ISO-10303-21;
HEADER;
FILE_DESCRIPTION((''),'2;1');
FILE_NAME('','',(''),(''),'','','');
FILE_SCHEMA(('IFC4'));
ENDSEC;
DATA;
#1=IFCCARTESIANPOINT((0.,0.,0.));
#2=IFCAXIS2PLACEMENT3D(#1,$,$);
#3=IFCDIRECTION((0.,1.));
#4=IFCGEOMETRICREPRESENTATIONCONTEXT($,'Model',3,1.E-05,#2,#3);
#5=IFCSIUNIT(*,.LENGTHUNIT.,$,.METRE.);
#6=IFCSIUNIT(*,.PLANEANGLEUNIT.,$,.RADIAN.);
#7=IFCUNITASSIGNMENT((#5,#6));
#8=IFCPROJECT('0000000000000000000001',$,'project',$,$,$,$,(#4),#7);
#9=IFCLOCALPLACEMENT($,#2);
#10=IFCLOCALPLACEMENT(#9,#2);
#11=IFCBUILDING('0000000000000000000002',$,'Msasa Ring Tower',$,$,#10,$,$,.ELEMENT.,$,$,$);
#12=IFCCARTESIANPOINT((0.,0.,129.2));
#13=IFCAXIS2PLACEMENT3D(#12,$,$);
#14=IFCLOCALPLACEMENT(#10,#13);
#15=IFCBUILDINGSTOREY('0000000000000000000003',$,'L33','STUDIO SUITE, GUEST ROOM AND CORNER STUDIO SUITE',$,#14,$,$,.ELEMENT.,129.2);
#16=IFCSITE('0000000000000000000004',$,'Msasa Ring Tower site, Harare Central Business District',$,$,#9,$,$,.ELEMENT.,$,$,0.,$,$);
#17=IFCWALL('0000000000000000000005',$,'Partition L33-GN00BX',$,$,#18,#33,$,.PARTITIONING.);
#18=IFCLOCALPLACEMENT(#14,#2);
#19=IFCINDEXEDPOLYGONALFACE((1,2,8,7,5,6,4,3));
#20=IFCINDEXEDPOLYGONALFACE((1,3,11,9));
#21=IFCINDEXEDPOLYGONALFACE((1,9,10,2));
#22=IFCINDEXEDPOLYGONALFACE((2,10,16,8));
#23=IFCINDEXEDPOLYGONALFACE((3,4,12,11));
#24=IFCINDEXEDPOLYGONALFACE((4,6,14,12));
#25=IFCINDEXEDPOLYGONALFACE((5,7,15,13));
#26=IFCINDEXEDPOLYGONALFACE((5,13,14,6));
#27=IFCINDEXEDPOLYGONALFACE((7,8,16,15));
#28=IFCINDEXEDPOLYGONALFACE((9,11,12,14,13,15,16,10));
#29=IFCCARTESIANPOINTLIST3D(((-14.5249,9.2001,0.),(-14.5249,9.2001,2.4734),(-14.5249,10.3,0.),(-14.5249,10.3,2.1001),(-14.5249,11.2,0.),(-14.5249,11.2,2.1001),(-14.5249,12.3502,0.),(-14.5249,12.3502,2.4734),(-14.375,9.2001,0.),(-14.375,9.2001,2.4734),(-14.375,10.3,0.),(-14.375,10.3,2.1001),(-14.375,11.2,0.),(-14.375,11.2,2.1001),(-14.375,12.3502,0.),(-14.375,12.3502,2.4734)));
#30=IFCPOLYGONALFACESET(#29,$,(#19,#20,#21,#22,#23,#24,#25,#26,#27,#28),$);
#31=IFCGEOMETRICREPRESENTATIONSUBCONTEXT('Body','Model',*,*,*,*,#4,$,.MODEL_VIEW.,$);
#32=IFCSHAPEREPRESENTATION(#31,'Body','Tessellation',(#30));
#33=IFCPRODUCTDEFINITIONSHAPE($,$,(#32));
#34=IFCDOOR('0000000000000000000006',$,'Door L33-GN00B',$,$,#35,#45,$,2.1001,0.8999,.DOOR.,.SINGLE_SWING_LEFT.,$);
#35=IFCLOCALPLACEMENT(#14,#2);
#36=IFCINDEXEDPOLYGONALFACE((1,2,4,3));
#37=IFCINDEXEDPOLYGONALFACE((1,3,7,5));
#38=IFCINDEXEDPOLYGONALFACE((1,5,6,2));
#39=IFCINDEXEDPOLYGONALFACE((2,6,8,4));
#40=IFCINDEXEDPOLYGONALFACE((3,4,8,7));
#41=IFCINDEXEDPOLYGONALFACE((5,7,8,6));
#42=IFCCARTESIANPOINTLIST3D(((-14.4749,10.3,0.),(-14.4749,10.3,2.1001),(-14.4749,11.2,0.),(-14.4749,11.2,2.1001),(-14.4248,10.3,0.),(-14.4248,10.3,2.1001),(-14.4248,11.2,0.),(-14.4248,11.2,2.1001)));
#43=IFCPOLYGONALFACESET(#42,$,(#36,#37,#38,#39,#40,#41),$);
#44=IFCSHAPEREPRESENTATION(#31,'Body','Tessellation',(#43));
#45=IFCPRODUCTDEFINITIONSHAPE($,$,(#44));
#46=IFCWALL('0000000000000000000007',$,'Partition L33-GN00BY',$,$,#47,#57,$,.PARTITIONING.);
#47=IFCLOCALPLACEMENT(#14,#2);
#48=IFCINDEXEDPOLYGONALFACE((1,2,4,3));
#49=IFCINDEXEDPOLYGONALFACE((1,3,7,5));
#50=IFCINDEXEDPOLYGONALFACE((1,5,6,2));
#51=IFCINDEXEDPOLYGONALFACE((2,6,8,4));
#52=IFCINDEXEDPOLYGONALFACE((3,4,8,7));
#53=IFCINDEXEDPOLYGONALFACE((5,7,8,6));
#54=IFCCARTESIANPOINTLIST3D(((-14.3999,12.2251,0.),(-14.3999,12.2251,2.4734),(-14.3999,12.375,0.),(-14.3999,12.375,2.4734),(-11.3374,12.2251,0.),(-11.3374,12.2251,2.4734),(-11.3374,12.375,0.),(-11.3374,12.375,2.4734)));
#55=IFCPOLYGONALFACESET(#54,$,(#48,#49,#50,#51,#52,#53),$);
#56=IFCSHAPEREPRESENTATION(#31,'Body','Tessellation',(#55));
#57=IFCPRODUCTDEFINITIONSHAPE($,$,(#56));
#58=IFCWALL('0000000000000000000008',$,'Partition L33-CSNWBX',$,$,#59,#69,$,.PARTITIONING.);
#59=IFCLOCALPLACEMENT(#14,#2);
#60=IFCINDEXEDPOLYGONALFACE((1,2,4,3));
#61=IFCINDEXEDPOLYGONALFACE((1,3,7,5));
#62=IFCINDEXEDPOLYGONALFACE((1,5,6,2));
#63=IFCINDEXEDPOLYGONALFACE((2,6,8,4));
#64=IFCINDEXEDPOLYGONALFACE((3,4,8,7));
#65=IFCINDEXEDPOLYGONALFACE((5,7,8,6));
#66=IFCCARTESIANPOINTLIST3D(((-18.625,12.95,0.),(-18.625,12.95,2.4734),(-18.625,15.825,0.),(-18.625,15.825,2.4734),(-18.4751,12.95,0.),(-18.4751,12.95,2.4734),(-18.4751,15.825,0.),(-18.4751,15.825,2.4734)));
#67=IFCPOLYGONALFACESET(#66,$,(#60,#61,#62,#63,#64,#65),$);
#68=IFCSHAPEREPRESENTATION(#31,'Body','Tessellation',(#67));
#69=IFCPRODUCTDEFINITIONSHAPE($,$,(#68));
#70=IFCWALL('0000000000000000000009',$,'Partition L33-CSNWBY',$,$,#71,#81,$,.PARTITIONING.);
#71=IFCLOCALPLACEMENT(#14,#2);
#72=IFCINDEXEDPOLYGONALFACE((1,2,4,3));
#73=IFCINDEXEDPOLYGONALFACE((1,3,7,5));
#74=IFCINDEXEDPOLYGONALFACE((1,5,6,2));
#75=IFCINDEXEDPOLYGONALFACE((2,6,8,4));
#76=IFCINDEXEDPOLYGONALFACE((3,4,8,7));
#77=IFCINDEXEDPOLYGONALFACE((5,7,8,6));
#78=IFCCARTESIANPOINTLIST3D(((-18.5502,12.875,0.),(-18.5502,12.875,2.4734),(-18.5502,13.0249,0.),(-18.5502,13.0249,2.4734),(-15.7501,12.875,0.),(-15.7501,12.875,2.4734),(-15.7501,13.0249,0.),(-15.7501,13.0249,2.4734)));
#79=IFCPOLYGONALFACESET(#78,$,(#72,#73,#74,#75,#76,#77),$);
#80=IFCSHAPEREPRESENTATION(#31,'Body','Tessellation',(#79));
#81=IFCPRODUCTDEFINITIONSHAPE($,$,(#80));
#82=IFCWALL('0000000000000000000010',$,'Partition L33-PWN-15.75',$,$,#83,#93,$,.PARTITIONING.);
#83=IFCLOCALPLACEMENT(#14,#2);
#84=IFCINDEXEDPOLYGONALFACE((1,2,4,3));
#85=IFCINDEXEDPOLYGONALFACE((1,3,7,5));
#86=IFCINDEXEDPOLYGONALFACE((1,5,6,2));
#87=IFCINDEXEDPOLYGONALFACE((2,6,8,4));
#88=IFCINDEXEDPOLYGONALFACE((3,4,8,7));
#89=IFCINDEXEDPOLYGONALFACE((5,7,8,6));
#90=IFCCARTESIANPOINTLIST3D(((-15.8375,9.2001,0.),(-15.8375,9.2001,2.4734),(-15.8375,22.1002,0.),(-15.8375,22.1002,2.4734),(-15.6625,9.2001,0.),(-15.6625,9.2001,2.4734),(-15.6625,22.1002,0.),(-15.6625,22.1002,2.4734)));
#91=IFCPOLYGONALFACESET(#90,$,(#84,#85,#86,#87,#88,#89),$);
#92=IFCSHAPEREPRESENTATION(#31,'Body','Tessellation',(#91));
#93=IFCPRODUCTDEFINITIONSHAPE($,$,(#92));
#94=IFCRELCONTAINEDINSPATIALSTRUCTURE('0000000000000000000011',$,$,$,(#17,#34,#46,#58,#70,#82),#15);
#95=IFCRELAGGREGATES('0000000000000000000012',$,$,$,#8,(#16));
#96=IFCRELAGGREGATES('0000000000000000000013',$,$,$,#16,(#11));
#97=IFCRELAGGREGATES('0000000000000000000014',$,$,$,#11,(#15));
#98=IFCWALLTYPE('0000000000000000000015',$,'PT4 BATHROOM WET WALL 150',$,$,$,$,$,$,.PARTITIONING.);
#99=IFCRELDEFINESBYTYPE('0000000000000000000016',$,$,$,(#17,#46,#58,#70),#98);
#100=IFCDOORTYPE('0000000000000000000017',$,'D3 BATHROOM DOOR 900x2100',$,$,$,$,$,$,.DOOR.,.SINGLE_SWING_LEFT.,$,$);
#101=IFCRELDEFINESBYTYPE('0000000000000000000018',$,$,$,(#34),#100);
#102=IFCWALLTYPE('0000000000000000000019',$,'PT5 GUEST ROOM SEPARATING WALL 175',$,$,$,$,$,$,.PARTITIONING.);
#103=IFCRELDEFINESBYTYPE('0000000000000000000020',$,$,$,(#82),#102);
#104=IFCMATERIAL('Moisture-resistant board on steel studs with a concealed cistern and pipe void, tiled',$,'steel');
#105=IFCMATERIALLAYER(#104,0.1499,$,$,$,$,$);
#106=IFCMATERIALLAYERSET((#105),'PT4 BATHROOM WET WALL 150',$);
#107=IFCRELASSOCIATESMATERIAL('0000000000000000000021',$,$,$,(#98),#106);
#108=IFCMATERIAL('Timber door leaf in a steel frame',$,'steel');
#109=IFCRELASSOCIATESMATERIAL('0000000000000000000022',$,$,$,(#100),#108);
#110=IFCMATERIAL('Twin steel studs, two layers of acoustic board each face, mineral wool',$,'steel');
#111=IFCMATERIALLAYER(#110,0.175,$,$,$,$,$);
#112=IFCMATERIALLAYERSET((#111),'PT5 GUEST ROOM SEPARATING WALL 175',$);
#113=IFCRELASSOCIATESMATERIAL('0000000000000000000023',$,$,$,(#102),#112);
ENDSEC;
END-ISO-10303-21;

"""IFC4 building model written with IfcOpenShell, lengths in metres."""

from ifc_helpers import new_model, si_unit, direction, frame, frame_2d, origin, place, context, subcontext, project, spatial, rectangle, extrude, material, layer, layer_set, type_object, element, fill, save


model = new_model("IFC4")

# Units and contexts
model_context = context("Model", 3, precision=1e-05, world=origin(), true_north=direction((0.0, 1.0)))
body_context = subcontext(model_context, "Body", "Model", "MODEL_VIEW")
ifc_project = project(units=[si_unit("LENGTHUNIT", "METRE"), si_unit("PLANEANGLEUNIT", "RADIAN")], contexts=[model_context])

# Site, building, storey
site_placement = place(None, origin())
site = spatial("IfcSite", under=ifc_project, at=site_placement, Name="Msasa Ring Tower site, Harare Central Business District", CompositionType="ELEMENT", RefElevation=0.0)
building_placement = place(site_placement, origin())
building = spatial("IfcBuilding", under=site, at=building_placement, Name="Msasa Ring Tower", CompositionType="ELEMENT")
storey_placement = place(building_placement, frame((0.0, 0.0, 129.2)))
storey = spatial("IfcBuildingStorey", under=building, at=storey_placement, Name="L33", Description="STUDIO SUITE, GUEST ROOM AND CORNER STUDIO SUITE", CompositionType="ELEMENT", Elevation=129.2)

# Wall, opening, door
ifc_material_1 = material(Name="Moisture-resistant board on steel studs with a concealed cistern and pipe void, tiled", Category="steel")
ifc_layer_1 = layer(ifc_material_1, 0.1499)
ifc_layer_set_1 = layer_set([ifc_layer_1], Name="PT4 BATHROOM WET WALL 150")
wall_type_1 = type_object("IfcWallType", Name="PT4 BATHROOM WET WALL 150", PredefinedType="PARTITIONING", material=ifc_layer_set_1)
wall_1_placement = place(storey_placement, frame((-14.45, 9.2, 0.0), z_axis=(0.0, 0.0, 1.0), x_axis=(0.0, 1.0, 0.0)))
wall_1 = element("IfcWall", 1, at=wall_1_placement, inside=storey, type_object=wall_type_1, Name="Partition L33-GN00BX", PredefinedType="PARTITIONING", context=body_context, shape_type="SweptSolid", body=[
    extrude(rectangle(XDim=3.1501, YDim=0.1499, at=frame_2d((1.5752, 0.0))), origin(), (0.0, 0.0, 1.0), 2.4734),
])
opening_1_placement = place(wall_1_placement, frame((1.1001, 0.0, 0.0)))
opening_1 = element("IfcOpeningElement", 2, at=opening_1_placement, cuts=wall_1, PredefinedType="OPENING", context=body_context, shape_type="SweptSolid", body=[
    extrude(rectangle(XDim=0.8999, YDim=2.1001, at=frame_2d((0.45, 1.05))), frame((0.0, 0.085, 0.0), z_axis=(0.0, -1.0, 0.0), x_axis=(1.0, 0.0, 0.0)), (0.0, 0.0, 1.0), 0.1699),
])
ifc_material_2 = material(Name="Timber door leaf in a steel frame", Category="steel")
door_type_1 = type_object("IfcDoorType", Name="D3 BATHROOM DOOR 900x2100", OperationType="SINGLE_SWING_LEFT", PredefinedType="DOOR", material=ifc_material_2)
door_1_placement = place(opening_1_placement, origin())
door_1 = element("IfcDoor", 3, at=door_1_placement, inside=storey, type_object=door_type_1, Name="Door L33-GN00B", OperationType="SINGLE_SWING_LEFT", OverallHeight=2.1001, OverallWidth=0.8999, PredefinedType="DOOR", context=body_context, shape_type="SweptSolid", body=[
    extrude(rectangle(XDim=0.8999, YDim=2.1001, at=frame_2d((0.45, 1.05))), frame((0.0, 0.0249, 0.0), z_axis=(0.0, -1.0, 0.0), x_axis=(1.0, 0.0, 0.0)), (0.0, 0.0, 1.0), 0.05),
])
fill(opening_1, door_1)

# Walls
wall_2_placement = place(storey_placement, frame((-14.3999, 12.3, 0.0), z_axis=(0.0, 0.0, 1.0), x_axis=(1.0, 0.0, 0.0)))
element("IfcWall", 4, at=wall_2_placement, inside=storey, type_object=wall_type_1, Name="Partition L33-GN00BY", PredefinedType="PARTITIONING", context=body_context, shape_type="SweptSolid", body=[
    extrude(rectangle(XDim=3.0625, YDim=0.1499, at=frame_2d((1.5312, 0.0))), origin(), (0.0, 0.0, 1.0), 2.4734),
])
wall_3_placement = place(storey_placement, frame((-18.55, 12.95, 0.0), z_axis=(0.0, 0.0, 1.0), x_axis=(0.0, 1.0, 0.0)))
element("IfcWall", 5, at=wall_3_placement, inside=storey, type_object=wall_type_1, Name="Partition L33-CSNWBX", PredefinedType="PARTITIONING", context=body_context, shape_type="SweptSolid", body=[
    extrude(rectangle(XDim=2.875, YDim=0.1499, at=frame_2d((1.4375, 0.0))), origin(), (0.0, 0.0, 1.0), 2.4734),
])
wall_4_placement = place(storey_placement, frame((-18.55, 12.95, 0.0), z_axis=(0.0, 0.0, 1.0), x_axis=(1.0, 0.0, 0.0)))
element("IfcWall", 6, at=wall_4_placement, inside=storey, type_object=wall_type_1, Name="Partition L33-CSNWBY", PredefinedType="PARTITIONING", context=body_context, shape_type="SweptSolid", body=[
    extrude(rectangle(XDim=2.8, YDim=0.1499, at=frame_2d((1.3999, 0.0))), origin(), (0.0, 0.0, 1.0), 2.4734),
])
ifc_material_3 = material(Name="Twin steel studs, two layers of acoustic board each face, mineral wool", Category="steel")
ifc_layer_2 = layer(ifc_material_3, 0.175)
ifc_layer_set_2 = layer_set([ifc_layer_2], Name="PT5 GUEST ROOM SEPARATING WALL 175")
wall_type_2 = type_object("IfcWallType", Name="PT5 GUEST ROOM SEPARATING WALL 175", PredefinedType="PARTITIONING", material=ifc_layer_set_2)
wall_5_placement = place(storey_placement, frame((-15.75, 9.2, 0.0), z_axis=(0.0, 0.0, 1.0), x_axis=(0.0, 1.0, 0.0)))
element("IfcWall", 7, at=wall_5_placement, inside=storey, type_object=wall_type_2, Name="Partition L33-PWN-15.75", PredefinedType="PARTITIONING", context=body_context, shape_type="SweptSolid", body=[
    extrude(rectangle(XDim=12.9001, YDim=0.175, at=frame_2d((6.4502, 0.0))), origin(), (0.0, 0.0, 1.0), 2.4734),
])

save(model, "model.ifc")
